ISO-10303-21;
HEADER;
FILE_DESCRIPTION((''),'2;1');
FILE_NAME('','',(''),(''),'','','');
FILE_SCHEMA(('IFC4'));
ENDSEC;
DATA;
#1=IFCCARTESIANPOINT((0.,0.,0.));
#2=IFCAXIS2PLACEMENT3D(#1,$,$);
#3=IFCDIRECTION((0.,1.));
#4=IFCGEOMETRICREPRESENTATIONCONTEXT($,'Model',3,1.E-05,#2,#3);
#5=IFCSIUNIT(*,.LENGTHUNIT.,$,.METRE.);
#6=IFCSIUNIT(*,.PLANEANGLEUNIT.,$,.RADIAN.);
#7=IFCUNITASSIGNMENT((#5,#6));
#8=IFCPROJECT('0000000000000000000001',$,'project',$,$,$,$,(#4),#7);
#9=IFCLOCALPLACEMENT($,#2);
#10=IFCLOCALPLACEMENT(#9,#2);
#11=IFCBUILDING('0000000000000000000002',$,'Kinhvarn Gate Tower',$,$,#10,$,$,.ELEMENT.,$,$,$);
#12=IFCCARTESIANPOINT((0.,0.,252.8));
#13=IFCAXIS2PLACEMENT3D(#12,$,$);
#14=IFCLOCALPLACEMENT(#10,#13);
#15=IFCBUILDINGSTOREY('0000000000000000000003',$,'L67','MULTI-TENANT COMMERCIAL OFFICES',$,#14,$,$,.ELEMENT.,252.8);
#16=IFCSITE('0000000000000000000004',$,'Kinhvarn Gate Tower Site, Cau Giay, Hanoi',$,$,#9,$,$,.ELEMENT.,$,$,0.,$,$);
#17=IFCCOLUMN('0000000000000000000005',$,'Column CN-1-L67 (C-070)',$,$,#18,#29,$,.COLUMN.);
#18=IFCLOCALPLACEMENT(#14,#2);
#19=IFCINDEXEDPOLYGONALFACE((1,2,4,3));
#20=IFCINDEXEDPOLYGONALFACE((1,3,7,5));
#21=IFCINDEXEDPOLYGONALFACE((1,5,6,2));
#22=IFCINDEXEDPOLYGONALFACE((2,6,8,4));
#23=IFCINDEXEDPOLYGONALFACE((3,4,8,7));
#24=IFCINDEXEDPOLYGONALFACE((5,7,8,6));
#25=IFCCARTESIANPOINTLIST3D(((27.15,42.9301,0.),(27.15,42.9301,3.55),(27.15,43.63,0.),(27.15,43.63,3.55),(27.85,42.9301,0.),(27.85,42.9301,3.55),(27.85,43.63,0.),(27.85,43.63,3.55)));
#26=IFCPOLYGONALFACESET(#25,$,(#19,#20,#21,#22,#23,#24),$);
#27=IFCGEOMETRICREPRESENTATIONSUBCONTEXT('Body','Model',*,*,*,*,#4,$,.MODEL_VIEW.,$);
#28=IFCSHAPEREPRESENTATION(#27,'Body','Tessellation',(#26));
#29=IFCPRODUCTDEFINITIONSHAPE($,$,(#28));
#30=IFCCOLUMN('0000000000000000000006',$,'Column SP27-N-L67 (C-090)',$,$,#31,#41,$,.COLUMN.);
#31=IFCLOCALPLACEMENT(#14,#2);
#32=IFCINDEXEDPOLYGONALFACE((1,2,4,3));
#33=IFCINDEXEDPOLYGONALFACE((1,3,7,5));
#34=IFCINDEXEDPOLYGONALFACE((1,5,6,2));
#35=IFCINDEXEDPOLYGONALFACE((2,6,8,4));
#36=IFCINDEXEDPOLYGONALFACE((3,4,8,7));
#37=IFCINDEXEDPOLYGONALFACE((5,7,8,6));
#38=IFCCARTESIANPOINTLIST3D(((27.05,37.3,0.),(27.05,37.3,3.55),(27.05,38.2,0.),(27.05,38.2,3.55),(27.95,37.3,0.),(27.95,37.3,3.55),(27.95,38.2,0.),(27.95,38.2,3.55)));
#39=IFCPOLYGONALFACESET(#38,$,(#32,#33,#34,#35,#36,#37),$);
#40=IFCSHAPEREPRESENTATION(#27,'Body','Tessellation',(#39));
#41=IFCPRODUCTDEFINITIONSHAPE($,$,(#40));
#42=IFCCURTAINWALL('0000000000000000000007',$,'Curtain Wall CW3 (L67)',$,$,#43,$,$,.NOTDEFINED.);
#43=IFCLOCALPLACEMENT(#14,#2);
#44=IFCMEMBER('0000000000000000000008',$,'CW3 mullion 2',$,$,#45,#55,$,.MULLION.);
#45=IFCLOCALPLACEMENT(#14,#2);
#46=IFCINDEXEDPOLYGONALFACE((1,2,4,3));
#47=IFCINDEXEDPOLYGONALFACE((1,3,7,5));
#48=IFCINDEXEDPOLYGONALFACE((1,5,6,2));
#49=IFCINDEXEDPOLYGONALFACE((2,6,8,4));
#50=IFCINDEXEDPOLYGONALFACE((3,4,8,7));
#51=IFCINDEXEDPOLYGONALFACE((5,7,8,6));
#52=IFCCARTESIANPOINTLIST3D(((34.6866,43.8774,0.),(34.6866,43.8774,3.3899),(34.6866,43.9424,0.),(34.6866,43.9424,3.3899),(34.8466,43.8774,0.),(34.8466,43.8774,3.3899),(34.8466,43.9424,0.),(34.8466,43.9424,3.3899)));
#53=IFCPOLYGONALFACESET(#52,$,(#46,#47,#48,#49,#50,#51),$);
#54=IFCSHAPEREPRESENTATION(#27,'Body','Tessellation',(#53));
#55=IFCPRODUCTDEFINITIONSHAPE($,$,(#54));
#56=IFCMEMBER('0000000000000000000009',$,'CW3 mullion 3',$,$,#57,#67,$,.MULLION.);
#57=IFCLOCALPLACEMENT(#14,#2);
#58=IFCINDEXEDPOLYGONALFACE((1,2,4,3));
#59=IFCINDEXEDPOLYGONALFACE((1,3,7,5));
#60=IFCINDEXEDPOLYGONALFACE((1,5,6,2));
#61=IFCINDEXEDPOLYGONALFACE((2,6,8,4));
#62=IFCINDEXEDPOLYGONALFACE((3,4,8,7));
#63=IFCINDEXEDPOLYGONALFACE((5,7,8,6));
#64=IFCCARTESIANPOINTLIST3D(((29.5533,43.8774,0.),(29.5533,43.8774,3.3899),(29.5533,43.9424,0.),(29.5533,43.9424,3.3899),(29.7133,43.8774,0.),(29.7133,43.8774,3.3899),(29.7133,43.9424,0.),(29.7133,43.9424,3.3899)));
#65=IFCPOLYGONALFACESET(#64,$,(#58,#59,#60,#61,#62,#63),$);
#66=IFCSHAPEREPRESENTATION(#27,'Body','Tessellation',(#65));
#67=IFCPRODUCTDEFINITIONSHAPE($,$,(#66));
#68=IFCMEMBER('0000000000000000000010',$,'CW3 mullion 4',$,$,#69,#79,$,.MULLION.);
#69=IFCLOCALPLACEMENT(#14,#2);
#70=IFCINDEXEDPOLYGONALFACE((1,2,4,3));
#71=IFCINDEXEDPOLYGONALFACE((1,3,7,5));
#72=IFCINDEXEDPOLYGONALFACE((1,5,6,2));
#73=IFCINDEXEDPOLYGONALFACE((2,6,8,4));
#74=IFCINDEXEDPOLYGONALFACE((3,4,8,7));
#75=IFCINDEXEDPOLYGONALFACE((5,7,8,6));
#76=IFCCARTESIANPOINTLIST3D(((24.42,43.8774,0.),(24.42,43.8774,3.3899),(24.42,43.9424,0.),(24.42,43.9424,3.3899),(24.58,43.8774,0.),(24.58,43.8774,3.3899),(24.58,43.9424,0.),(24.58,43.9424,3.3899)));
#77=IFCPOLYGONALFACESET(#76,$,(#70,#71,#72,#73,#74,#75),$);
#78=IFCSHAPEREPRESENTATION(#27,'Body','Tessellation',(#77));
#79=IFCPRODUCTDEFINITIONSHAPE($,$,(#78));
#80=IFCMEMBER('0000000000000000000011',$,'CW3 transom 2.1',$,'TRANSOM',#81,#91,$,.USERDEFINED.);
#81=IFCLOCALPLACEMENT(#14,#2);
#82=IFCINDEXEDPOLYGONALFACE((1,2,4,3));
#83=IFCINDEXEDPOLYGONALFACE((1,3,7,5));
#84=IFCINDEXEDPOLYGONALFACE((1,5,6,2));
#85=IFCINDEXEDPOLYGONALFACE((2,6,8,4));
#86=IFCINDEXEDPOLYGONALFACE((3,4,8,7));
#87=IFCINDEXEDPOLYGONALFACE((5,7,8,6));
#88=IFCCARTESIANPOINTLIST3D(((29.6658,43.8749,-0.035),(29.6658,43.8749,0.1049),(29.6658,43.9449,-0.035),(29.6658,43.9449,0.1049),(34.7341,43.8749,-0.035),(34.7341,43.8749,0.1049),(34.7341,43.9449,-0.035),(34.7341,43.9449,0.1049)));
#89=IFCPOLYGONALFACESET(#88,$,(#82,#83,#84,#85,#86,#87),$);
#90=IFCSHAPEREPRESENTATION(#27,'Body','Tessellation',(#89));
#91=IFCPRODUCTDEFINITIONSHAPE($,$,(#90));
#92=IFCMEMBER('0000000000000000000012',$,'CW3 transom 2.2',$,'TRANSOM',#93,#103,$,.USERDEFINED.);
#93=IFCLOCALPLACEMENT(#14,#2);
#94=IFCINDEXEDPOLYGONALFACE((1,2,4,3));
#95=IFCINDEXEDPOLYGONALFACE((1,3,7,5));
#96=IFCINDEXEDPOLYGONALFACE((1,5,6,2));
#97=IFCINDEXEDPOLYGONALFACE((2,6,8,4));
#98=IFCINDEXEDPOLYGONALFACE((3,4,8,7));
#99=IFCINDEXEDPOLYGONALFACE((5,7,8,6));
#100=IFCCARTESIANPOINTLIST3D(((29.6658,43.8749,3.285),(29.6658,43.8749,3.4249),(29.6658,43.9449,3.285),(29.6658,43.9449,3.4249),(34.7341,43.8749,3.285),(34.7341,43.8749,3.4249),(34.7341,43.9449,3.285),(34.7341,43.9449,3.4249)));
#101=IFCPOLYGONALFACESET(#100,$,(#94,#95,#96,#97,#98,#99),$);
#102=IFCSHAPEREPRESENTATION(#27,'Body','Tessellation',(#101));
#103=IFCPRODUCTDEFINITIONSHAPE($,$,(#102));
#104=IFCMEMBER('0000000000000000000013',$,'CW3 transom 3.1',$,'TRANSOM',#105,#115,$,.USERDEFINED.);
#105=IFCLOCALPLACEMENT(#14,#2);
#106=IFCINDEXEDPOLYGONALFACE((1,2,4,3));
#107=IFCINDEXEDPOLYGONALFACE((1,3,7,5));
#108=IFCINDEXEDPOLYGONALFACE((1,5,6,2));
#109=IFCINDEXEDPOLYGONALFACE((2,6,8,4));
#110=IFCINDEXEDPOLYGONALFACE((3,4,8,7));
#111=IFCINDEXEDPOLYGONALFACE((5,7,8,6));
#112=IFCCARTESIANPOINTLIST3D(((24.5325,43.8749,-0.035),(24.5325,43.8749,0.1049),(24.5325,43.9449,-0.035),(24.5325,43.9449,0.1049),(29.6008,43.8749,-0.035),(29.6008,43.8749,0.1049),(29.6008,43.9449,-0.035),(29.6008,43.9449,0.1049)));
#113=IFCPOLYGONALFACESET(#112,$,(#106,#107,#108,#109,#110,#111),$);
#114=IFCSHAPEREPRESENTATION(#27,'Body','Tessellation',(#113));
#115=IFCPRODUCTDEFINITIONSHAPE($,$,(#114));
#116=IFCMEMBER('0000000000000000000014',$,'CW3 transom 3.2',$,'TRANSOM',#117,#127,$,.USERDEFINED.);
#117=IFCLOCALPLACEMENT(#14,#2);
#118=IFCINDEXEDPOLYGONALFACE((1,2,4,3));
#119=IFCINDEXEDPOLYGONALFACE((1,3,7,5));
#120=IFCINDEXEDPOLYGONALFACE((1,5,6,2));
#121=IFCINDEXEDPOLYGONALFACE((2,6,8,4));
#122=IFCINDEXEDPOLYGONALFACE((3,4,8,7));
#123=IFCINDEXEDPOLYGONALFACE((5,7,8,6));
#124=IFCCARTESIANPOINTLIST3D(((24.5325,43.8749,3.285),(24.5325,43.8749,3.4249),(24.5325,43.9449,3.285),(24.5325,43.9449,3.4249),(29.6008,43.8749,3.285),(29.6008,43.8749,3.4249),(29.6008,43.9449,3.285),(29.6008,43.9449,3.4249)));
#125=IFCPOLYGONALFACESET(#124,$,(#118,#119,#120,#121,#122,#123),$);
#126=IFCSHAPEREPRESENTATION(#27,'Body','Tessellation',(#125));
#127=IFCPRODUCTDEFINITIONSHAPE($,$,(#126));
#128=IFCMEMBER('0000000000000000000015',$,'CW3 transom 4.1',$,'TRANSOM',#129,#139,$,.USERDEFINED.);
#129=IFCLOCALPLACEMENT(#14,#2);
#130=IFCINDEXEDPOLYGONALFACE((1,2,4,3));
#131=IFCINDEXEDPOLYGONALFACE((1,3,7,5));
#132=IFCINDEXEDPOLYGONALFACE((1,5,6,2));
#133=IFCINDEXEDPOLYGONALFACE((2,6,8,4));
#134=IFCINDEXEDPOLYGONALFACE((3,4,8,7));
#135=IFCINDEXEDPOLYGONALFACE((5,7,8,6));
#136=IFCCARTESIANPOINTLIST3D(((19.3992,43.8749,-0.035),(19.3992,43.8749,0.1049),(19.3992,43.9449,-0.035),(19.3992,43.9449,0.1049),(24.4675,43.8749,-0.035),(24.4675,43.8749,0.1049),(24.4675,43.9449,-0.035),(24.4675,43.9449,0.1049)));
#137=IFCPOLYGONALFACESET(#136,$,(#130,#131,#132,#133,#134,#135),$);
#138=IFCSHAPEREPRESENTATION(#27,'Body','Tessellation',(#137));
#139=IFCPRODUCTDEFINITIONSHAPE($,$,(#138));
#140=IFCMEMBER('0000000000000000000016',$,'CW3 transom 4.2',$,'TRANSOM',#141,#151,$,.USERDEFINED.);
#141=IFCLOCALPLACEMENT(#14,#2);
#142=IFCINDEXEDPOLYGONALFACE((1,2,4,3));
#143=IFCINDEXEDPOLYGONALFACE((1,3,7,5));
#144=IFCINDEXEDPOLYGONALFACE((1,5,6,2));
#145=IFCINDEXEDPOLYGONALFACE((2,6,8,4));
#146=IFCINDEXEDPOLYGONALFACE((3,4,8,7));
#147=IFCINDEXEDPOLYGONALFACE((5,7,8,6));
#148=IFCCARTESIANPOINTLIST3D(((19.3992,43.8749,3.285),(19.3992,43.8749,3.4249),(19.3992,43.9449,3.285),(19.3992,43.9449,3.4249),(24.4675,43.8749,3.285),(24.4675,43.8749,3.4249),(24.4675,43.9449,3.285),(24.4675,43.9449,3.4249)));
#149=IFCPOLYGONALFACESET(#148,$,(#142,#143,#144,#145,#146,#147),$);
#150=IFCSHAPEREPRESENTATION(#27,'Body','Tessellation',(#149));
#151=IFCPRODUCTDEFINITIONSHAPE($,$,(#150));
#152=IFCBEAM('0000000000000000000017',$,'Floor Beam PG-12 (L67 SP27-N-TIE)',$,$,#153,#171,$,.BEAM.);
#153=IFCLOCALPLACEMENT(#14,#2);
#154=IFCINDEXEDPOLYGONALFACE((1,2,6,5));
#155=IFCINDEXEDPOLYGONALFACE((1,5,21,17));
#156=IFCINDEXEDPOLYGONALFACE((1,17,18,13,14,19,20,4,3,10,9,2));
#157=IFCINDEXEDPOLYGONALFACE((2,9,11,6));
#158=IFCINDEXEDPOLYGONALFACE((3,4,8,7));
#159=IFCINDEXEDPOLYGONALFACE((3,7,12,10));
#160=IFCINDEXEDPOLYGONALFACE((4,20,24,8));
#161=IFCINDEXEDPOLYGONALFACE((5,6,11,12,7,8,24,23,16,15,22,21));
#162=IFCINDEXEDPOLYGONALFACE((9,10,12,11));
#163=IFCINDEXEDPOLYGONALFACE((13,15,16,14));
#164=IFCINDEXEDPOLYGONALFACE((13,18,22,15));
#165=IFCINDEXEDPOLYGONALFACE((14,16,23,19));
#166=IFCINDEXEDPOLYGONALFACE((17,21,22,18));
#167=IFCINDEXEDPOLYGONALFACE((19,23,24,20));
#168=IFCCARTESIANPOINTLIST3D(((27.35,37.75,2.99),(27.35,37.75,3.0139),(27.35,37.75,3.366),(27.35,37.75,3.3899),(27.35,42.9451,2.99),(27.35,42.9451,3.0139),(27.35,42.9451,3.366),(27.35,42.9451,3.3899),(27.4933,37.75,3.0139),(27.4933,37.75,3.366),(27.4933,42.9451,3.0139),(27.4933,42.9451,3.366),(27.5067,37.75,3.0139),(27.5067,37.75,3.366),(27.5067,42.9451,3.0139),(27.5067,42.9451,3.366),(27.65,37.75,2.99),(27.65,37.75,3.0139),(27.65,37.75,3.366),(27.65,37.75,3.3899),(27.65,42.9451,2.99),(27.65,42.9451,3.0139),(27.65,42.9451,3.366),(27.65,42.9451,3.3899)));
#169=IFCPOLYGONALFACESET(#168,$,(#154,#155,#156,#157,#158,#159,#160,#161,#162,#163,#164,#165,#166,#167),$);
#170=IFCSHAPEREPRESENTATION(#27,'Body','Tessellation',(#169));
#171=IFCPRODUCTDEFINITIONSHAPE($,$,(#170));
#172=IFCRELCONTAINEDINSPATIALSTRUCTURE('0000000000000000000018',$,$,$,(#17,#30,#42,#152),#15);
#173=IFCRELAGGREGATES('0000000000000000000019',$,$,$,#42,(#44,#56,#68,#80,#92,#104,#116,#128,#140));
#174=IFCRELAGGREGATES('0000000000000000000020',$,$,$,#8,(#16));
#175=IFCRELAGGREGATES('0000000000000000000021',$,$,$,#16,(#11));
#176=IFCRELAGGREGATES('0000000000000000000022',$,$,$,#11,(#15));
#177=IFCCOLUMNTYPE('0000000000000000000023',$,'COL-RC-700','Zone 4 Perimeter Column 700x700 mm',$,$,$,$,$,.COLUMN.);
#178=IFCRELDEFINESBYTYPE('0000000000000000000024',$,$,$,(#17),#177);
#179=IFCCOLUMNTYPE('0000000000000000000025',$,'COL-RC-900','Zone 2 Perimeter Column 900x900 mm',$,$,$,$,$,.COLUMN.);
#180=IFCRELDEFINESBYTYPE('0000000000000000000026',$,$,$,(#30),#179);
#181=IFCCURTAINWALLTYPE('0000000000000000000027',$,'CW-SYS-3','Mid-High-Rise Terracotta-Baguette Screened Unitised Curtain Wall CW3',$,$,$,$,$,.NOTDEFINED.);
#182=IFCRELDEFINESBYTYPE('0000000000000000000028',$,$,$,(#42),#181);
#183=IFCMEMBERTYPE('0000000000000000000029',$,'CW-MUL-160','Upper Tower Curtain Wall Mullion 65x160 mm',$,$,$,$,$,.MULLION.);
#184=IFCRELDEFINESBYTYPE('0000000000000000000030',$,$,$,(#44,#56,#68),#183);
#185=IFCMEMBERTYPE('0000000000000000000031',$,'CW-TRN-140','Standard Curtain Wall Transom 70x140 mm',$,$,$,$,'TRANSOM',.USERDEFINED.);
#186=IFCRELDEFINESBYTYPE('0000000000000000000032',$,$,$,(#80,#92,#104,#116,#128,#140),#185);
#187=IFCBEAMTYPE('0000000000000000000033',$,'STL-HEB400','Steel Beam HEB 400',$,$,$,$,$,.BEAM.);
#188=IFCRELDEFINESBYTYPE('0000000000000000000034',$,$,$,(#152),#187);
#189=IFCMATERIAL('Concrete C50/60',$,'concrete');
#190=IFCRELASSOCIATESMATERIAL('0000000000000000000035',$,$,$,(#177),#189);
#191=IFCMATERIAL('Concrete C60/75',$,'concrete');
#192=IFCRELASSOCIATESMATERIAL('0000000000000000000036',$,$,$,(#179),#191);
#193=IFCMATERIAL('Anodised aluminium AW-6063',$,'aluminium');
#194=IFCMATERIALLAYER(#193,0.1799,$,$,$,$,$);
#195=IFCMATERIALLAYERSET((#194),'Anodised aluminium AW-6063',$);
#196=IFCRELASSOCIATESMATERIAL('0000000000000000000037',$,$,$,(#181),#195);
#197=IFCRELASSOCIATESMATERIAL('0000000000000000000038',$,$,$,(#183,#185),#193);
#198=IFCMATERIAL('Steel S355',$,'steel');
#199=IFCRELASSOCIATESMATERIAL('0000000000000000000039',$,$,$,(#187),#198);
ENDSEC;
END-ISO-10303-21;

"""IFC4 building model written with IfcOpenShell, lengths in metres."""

from ifc_helpers import new_model, si_unit, direction, frame, origin, origin_2d, place, context, subcontext, project, spatial, rectangle, i_section, extrude, material, layer, layer_set, material_profile, profile_set, type_object, element, aggregate, save


model = new_model("IFC4")

# Units and contexts
model_context = context("Model", 3, precision=1e-05, world=origin(), true_north=direction((0.0, 1.0)))
body_context = subcontext(model_context, "Body", "Model", "MODEL_VIEW")
ifc_project = project(units=[si_unit("LENGTHUNIT", "METRE"), si_unit("PLANEANGLEUNIT", "RADIAN")], contexts=[model_context])

# Site, building, storey
site_placement = place(None, origin())
site = spatial("IfcSite", under=ifc_project, at=site_placement, Name="Kinhvarn Gate Tower Site, Cau Giay, Hanoi", CompositionType="ELEMENT", RefElevation=0.0)
building_placement = place(site_placement, origin())
building = spatial("IfcBuilding", under=site, at=building_placement, Name="Kinhvarn Gate Tower", CompositionType="ELEMENT")
storey_placement = place(building_placement, frame((0.0, 0.0, 252.8)))
storey = spatial("IfcBuildingStorey", under=building, at=storey_placement, Name="L67", Description="MULTI-TENANT COMMERCIAL OFFICES", CompositionType="ELEMENT", Elevation=252.8)

# Columns
ifc_material_1 = material(Name="Concrete C50/60", Category="concrete")
ifc_material_profile_1 = material_profile(ifc_material_1, rectangle(XDim=0.7, YDim=0.7, at=origin_2d()), Name="RC 700x700")
ifc_profile_set_1 = profile_set([ifc_material_profile_1], Name="Concrete C50/60")
column_type_1 = type_object("IfcColumnType", Name="COL-RC-700", Description="Zone 4 Perimeter Column 700x700 mm", PredefinedType="COLUMN", material=ifc_profile_set_1)
column_1_placement = place(storey_placement, frame((27.5, 43.28, 0.0), z_axis=(0.0, 0.0, 1.0), x_axis=(1.0, 0.0, 0.0)))
element("IfcColumn", 1, at=column_1_placement, inside=storey, type_object=column_type_1, Name="Column CN-1-L67 (C-070)", PredefinedType="COLUMN", context=body_context, shape_type="SweptSolid", body=[
    extrude(rectangle(XDim=0.7, YDim=0.7, at=origin_2d()), origin(), (0.0, 0.0, 1.0), 3.55),
])
ifc_material_2 = material(Name="Concrete C60/75", Category="concrete")
ifc_material_profile_2 = material_profile(ifc_material_2, rectangle(XDim=0.8999, YDim=0.8999, at=origin_2d()), Name="RC 900x900")
ifc_profile_set_2 = profile_set([ifc_material_profile_2], Name="Concrete C60/75")
column_type_2 = type_object("IfcColumnType", Name="COL-RC-900", Description="Zone 2 Perimeter Column 900x900 mm", PredefinedType="COLUMN", material=ifc_profile_set_2)
column_2_placement = place(storey_placement, frame((27.5, 37.75, 0.0), z_axis=(0.0, 0.0, 1.0), x_axis=(1.0, 0.0, 0.0)))
element("IfcColumn", 2, at=column_2_placement, inside=storey, type_object=column_type_2, Name="Column SP27-N-L67 (C-090)", PredefinedType="COLUMN", context=body_context, shape_type="SweptSolid", body=[
    extrude(rectangle(XDim=0.8999, YDim=0.8999, at=origin_2d()), origin(), (0.0, 0.0, 1.0), 3.55),
])

# Curtain wall, members
ifc_material_3 = material(Name="Anodised aluminium AW-6063", Category="aluminium")
ifc_layer_1 = layer(ifc_material_3, 0.1799)
ifc_layer_set_1 = layer_set([ifc_layer_1], Name="Anodised aluminium AW-6063")
curtain_wall_type = type_object("IfcCurtainWallType", Name="CW-SYS-3", Description="Mid-High-Rise Terracotta-Baguette Screened Unitised Curtain Wall CW3", PredefinedType="NOTDEFINED", material=ifc_layer_set_1)
curtain_wall_placement = place(storey_placement, origin())
curtain_wall = element("IfcCurtainWall", 3, at=curtain_wall_placement, inside=storey, type_object=curtain_wall_type, Name="Curtain Wall CW3 (L67)", PredefinedType="NOTDEFINED")
ifc_material_profile_3 = material_profile(ifc_material_3, rectangle(XDim=0.0649, YDim=0.1599, at=origin_2d()), Name="ALU 65x160")
ifc_profile_set_3 = profile_set([ifc_material_profile_3], Name="Anodised aluminium AW-6063")
member_type_1 = type_object("IfcMemberType", Name="CW-MUL-160", Description="Upper Tower Curtain Wall Mullion 65x160 mm", PredefinedType="MULLION", material=ifc_profile_set_3)
member_1_placement = place(storey_placement, frame((34.7666, 43.9099, 0.0), z_axis=(0.0, 0.0, 1.0), x_axis=(0.0, -1.0, 0.0)))
member_1 = element("IfcMember", 4, at=member_1_placement, type_object=member_type_1, Name="CW3 mullion 2", PredefinedType="MULLION", context=body_context, shape_type="SweptSolid", body=[
    extrude(rectangle(XDim=0.0649, YDim=0.1599, at=origin_2d()), origin(), (0.0, 0.0, 1.0), 3.3899),
])
member_2_placement = place(storey_placement, frame((29.6333, 43.9099, 0.0), z_axis=(0.0, 0.0, 1.0), x_axis=(0.0, -1.0, 0.0)))
member_2 = element("IfcMember", 5, at=member_2_placement, type_object=member_type_1, Name="CW3 mullion 3", PredefinedType="MULLION", context=body_context, shape_type="SweptSolid", body=[
    extrude(rectangle(XDim=0.0649, YDim=0.1599, at=origin_2d()), origin(), (0.0, 0.0, 1.0), 3.3899),
])
member_3_placement = place(storey_placement, frame((24.5, 43.9099, 0.0), z_axis=(0.0, 0.0, 1.0), x_axis=(0.0, -1.0, 0.0)))
member_3 = element("IfcMember", 6, at=member_3_placement, type_object=member_type_1, Name="CW3 mullion 4", PredefinedType="MULLION", context=body_context, shape_type="SweptSolid", body=[
    extrude(rectangle(XDim=0.0649, YDim=0.1599, at=origin_2d()), origin(), (0.0, 0.0, 1.0), 3.3899),
])
ifc_material_profile_4 = material_profile(ifc_material_3, rectangle(XDim=0.0701, YDim=0.1399, at=origin_2d()), Name="ALU 70x140")
ifc_profile_set_4 = profile_set([ifc_material_profile_4], Name="Anodised aluminium AW-6063")
member_type_2 = type_object("IfcMemberType", Name="CW-TRN-140", Description="Standard Curtain Wall Transom 70x140 mm", ElementType="TRANSOM", PredefinedType="USERDEFINED", material=ifc_profile_set_4)
member_4_placement = place(storey_placement, frame((34.7341, 43.9099, 0.0349), z_axis=(-1.0, 0.0, 0.0), x_axis=(0.0, -1.0, 0.0)))
member_4 = element("IfcMember", 7, at=member_4_placement, type_object=member_type_2, Name="CW3 transom 2.1", ObjectType="TRANSOM", PredefinedType="USERDEFINED", context=body_context, shape_type="SweptSolid", body=[
    extrude(rectangle(XDim=0.0701, YDim=0.1399, at=origin_2d()), origin(), (0.0, 0.0, 1.0), 5.0684),
])
member_5_placement = place(storey_placement, frame((34.7341, 43.9099, 3.355), z_axis=(-1.0, 0.0, 0.0), x_axis=(0.0, -1.0, 0.0)))
member_5 = element("IfcMember", 8, at=member_5_placement, type_object=member_type_2, Name="CW3 transom 2.2", ObjectType="TRANSOM", PredefinedType="USERDEFINED", context=body_context, shape_type="SweptSolid", body=[
    extrude(rectangle(XDim=0.0701, YDim=0.1399, at=origin_2d()), origin(), (0.0, 0.0, 1.0), 5.0684),
])
member_6_placement = place(storey_placement, frame((29.6008, 43.9099, 0.0349), z_axis=(-1.0, 0.0, 0.0), x_axis=(0.0, -1.0, 0.0)))
member_6 = element("IfcMember", 9, at=member_6_placement, type_object=member_type_2, Name="CW3 transom 3.1", ObjectType="TRANSOM", PredefinedType="USERDEFINED", context=body_context, shape_type="SweptSolid", body=[
    extrude(rectangle(XDim=0.0701, YDim=0.1399, at=origin_2d()), origin(), (0.0, 0.0, 1.0), 5.0684),
])
member_7_placement = place(storey_placement, frame((29.6008, 43.9099, 3.355), z_axis=(-1.0, 0.0, 0.0), x_axis=(0.0, -1.0, 0.0)))
member_7 = element("IfcMember", 10, at=member_7_placement, type_object=member_type_2, Name="CW3 transom 3.2", ObjectType="TRANSOM", PredefinedType="USERDEFINED", context=body_context, shape_type="SweptSolid", body=[
    extrude(rectangle(XDim=0.0701, YDim=0.1399, at=origin_2d()), origin(), (0.0, 0.0, 1.0), 5.0684),
])
member_8_placement = place(storey_placement, frame((24.4675, 43.9099, 0.0349), z_axis=(-1.0, 0.0, 0.0), x_axis=(0.0, -1.0, 0.0)))
member_8 = element("IfcMember", 11, at=member_8_placement, type_object=member_type_2, Name="CW3 transom 4.1", ObjectType="TRANSOM", PredefinedType="USERDEFINED", context=body_context, shape_type="SweptSolid", body=[
    extrude(rectangle(XDim=0.0701, YDim=0.1399, at=origin_2d()), origin(), (0.0, 0.0, 1.0), 5.0684),
])
member_9_placement = place(storey_placement, frame((24.4675, 43.9099, 3.355), z_axis=(-1.0, 0.0, 0.0), x_axis=(0.0, -1.0, 0.0)))
member_9 = element("IfcMember", 12, at=member_9_placement, type_object=member_type_2, Name="CW3 transom 4.2", ObjectType="TRANSOM", PredefinedType="USERDEFINED", context=body_context, shape_type="SweptSolid", body=[
    extrude(rectangle(XDim=0.0701, YDim=0.1399, at=origin_2d()), origin(), (0.0, 0.0, 1.0), 5.0684),
])

# Beam
ifc_material_4 = material(Name="Steel S355", Category="steel")
ifc_material_profile_5 = material_profile(ifc_material_4, i_section(OverallWidth=0.3, OverallDepth=0.3999, WebThickness=0.0134, FlangeThickness=0.0239, at=origin_2d()), Name="HEB 400")
ifc_profile_set_5 = profile_set([ifc_material_profile_5], Name="Steel S355")
beam_type_1 = type_object("IfcBeamType", Name="STL-HEB400", Description="Steel Beam HEB 400", PredefinedType="BEAM", material=ifc_profile_set_5)
beam_1_placement = place(storey_placement, frame((27.5, 37.75, 3.1899), z_axis=(0.0, 1.0, 0.0), x_axis=(-1.0, 0.0, 0.0)))
element("IfcBeam", 13, at=beam_1_placement, inside=storey, type_object=beam_type_1, Name="Floor Beam PG-12 (L67 SP27-N-TIE)", PredefinedType="BEAM", context=body_context, shape_type="SweptSolid", body=[
    extrude(i_section(OverallWidth=0.3, OverallDepth=0.3999, WebThickness=0.0134, FlangeThickness=0.0239, at=origin_2d()), origin(), (0.0, 0.0, 1.0), 5.1951),
])

aggregate(curtain_wall, [member_1, member_2, member_3, member_4, member_5, member_6, member_7, member_8, member_9])

save(model, "model.ifc")
